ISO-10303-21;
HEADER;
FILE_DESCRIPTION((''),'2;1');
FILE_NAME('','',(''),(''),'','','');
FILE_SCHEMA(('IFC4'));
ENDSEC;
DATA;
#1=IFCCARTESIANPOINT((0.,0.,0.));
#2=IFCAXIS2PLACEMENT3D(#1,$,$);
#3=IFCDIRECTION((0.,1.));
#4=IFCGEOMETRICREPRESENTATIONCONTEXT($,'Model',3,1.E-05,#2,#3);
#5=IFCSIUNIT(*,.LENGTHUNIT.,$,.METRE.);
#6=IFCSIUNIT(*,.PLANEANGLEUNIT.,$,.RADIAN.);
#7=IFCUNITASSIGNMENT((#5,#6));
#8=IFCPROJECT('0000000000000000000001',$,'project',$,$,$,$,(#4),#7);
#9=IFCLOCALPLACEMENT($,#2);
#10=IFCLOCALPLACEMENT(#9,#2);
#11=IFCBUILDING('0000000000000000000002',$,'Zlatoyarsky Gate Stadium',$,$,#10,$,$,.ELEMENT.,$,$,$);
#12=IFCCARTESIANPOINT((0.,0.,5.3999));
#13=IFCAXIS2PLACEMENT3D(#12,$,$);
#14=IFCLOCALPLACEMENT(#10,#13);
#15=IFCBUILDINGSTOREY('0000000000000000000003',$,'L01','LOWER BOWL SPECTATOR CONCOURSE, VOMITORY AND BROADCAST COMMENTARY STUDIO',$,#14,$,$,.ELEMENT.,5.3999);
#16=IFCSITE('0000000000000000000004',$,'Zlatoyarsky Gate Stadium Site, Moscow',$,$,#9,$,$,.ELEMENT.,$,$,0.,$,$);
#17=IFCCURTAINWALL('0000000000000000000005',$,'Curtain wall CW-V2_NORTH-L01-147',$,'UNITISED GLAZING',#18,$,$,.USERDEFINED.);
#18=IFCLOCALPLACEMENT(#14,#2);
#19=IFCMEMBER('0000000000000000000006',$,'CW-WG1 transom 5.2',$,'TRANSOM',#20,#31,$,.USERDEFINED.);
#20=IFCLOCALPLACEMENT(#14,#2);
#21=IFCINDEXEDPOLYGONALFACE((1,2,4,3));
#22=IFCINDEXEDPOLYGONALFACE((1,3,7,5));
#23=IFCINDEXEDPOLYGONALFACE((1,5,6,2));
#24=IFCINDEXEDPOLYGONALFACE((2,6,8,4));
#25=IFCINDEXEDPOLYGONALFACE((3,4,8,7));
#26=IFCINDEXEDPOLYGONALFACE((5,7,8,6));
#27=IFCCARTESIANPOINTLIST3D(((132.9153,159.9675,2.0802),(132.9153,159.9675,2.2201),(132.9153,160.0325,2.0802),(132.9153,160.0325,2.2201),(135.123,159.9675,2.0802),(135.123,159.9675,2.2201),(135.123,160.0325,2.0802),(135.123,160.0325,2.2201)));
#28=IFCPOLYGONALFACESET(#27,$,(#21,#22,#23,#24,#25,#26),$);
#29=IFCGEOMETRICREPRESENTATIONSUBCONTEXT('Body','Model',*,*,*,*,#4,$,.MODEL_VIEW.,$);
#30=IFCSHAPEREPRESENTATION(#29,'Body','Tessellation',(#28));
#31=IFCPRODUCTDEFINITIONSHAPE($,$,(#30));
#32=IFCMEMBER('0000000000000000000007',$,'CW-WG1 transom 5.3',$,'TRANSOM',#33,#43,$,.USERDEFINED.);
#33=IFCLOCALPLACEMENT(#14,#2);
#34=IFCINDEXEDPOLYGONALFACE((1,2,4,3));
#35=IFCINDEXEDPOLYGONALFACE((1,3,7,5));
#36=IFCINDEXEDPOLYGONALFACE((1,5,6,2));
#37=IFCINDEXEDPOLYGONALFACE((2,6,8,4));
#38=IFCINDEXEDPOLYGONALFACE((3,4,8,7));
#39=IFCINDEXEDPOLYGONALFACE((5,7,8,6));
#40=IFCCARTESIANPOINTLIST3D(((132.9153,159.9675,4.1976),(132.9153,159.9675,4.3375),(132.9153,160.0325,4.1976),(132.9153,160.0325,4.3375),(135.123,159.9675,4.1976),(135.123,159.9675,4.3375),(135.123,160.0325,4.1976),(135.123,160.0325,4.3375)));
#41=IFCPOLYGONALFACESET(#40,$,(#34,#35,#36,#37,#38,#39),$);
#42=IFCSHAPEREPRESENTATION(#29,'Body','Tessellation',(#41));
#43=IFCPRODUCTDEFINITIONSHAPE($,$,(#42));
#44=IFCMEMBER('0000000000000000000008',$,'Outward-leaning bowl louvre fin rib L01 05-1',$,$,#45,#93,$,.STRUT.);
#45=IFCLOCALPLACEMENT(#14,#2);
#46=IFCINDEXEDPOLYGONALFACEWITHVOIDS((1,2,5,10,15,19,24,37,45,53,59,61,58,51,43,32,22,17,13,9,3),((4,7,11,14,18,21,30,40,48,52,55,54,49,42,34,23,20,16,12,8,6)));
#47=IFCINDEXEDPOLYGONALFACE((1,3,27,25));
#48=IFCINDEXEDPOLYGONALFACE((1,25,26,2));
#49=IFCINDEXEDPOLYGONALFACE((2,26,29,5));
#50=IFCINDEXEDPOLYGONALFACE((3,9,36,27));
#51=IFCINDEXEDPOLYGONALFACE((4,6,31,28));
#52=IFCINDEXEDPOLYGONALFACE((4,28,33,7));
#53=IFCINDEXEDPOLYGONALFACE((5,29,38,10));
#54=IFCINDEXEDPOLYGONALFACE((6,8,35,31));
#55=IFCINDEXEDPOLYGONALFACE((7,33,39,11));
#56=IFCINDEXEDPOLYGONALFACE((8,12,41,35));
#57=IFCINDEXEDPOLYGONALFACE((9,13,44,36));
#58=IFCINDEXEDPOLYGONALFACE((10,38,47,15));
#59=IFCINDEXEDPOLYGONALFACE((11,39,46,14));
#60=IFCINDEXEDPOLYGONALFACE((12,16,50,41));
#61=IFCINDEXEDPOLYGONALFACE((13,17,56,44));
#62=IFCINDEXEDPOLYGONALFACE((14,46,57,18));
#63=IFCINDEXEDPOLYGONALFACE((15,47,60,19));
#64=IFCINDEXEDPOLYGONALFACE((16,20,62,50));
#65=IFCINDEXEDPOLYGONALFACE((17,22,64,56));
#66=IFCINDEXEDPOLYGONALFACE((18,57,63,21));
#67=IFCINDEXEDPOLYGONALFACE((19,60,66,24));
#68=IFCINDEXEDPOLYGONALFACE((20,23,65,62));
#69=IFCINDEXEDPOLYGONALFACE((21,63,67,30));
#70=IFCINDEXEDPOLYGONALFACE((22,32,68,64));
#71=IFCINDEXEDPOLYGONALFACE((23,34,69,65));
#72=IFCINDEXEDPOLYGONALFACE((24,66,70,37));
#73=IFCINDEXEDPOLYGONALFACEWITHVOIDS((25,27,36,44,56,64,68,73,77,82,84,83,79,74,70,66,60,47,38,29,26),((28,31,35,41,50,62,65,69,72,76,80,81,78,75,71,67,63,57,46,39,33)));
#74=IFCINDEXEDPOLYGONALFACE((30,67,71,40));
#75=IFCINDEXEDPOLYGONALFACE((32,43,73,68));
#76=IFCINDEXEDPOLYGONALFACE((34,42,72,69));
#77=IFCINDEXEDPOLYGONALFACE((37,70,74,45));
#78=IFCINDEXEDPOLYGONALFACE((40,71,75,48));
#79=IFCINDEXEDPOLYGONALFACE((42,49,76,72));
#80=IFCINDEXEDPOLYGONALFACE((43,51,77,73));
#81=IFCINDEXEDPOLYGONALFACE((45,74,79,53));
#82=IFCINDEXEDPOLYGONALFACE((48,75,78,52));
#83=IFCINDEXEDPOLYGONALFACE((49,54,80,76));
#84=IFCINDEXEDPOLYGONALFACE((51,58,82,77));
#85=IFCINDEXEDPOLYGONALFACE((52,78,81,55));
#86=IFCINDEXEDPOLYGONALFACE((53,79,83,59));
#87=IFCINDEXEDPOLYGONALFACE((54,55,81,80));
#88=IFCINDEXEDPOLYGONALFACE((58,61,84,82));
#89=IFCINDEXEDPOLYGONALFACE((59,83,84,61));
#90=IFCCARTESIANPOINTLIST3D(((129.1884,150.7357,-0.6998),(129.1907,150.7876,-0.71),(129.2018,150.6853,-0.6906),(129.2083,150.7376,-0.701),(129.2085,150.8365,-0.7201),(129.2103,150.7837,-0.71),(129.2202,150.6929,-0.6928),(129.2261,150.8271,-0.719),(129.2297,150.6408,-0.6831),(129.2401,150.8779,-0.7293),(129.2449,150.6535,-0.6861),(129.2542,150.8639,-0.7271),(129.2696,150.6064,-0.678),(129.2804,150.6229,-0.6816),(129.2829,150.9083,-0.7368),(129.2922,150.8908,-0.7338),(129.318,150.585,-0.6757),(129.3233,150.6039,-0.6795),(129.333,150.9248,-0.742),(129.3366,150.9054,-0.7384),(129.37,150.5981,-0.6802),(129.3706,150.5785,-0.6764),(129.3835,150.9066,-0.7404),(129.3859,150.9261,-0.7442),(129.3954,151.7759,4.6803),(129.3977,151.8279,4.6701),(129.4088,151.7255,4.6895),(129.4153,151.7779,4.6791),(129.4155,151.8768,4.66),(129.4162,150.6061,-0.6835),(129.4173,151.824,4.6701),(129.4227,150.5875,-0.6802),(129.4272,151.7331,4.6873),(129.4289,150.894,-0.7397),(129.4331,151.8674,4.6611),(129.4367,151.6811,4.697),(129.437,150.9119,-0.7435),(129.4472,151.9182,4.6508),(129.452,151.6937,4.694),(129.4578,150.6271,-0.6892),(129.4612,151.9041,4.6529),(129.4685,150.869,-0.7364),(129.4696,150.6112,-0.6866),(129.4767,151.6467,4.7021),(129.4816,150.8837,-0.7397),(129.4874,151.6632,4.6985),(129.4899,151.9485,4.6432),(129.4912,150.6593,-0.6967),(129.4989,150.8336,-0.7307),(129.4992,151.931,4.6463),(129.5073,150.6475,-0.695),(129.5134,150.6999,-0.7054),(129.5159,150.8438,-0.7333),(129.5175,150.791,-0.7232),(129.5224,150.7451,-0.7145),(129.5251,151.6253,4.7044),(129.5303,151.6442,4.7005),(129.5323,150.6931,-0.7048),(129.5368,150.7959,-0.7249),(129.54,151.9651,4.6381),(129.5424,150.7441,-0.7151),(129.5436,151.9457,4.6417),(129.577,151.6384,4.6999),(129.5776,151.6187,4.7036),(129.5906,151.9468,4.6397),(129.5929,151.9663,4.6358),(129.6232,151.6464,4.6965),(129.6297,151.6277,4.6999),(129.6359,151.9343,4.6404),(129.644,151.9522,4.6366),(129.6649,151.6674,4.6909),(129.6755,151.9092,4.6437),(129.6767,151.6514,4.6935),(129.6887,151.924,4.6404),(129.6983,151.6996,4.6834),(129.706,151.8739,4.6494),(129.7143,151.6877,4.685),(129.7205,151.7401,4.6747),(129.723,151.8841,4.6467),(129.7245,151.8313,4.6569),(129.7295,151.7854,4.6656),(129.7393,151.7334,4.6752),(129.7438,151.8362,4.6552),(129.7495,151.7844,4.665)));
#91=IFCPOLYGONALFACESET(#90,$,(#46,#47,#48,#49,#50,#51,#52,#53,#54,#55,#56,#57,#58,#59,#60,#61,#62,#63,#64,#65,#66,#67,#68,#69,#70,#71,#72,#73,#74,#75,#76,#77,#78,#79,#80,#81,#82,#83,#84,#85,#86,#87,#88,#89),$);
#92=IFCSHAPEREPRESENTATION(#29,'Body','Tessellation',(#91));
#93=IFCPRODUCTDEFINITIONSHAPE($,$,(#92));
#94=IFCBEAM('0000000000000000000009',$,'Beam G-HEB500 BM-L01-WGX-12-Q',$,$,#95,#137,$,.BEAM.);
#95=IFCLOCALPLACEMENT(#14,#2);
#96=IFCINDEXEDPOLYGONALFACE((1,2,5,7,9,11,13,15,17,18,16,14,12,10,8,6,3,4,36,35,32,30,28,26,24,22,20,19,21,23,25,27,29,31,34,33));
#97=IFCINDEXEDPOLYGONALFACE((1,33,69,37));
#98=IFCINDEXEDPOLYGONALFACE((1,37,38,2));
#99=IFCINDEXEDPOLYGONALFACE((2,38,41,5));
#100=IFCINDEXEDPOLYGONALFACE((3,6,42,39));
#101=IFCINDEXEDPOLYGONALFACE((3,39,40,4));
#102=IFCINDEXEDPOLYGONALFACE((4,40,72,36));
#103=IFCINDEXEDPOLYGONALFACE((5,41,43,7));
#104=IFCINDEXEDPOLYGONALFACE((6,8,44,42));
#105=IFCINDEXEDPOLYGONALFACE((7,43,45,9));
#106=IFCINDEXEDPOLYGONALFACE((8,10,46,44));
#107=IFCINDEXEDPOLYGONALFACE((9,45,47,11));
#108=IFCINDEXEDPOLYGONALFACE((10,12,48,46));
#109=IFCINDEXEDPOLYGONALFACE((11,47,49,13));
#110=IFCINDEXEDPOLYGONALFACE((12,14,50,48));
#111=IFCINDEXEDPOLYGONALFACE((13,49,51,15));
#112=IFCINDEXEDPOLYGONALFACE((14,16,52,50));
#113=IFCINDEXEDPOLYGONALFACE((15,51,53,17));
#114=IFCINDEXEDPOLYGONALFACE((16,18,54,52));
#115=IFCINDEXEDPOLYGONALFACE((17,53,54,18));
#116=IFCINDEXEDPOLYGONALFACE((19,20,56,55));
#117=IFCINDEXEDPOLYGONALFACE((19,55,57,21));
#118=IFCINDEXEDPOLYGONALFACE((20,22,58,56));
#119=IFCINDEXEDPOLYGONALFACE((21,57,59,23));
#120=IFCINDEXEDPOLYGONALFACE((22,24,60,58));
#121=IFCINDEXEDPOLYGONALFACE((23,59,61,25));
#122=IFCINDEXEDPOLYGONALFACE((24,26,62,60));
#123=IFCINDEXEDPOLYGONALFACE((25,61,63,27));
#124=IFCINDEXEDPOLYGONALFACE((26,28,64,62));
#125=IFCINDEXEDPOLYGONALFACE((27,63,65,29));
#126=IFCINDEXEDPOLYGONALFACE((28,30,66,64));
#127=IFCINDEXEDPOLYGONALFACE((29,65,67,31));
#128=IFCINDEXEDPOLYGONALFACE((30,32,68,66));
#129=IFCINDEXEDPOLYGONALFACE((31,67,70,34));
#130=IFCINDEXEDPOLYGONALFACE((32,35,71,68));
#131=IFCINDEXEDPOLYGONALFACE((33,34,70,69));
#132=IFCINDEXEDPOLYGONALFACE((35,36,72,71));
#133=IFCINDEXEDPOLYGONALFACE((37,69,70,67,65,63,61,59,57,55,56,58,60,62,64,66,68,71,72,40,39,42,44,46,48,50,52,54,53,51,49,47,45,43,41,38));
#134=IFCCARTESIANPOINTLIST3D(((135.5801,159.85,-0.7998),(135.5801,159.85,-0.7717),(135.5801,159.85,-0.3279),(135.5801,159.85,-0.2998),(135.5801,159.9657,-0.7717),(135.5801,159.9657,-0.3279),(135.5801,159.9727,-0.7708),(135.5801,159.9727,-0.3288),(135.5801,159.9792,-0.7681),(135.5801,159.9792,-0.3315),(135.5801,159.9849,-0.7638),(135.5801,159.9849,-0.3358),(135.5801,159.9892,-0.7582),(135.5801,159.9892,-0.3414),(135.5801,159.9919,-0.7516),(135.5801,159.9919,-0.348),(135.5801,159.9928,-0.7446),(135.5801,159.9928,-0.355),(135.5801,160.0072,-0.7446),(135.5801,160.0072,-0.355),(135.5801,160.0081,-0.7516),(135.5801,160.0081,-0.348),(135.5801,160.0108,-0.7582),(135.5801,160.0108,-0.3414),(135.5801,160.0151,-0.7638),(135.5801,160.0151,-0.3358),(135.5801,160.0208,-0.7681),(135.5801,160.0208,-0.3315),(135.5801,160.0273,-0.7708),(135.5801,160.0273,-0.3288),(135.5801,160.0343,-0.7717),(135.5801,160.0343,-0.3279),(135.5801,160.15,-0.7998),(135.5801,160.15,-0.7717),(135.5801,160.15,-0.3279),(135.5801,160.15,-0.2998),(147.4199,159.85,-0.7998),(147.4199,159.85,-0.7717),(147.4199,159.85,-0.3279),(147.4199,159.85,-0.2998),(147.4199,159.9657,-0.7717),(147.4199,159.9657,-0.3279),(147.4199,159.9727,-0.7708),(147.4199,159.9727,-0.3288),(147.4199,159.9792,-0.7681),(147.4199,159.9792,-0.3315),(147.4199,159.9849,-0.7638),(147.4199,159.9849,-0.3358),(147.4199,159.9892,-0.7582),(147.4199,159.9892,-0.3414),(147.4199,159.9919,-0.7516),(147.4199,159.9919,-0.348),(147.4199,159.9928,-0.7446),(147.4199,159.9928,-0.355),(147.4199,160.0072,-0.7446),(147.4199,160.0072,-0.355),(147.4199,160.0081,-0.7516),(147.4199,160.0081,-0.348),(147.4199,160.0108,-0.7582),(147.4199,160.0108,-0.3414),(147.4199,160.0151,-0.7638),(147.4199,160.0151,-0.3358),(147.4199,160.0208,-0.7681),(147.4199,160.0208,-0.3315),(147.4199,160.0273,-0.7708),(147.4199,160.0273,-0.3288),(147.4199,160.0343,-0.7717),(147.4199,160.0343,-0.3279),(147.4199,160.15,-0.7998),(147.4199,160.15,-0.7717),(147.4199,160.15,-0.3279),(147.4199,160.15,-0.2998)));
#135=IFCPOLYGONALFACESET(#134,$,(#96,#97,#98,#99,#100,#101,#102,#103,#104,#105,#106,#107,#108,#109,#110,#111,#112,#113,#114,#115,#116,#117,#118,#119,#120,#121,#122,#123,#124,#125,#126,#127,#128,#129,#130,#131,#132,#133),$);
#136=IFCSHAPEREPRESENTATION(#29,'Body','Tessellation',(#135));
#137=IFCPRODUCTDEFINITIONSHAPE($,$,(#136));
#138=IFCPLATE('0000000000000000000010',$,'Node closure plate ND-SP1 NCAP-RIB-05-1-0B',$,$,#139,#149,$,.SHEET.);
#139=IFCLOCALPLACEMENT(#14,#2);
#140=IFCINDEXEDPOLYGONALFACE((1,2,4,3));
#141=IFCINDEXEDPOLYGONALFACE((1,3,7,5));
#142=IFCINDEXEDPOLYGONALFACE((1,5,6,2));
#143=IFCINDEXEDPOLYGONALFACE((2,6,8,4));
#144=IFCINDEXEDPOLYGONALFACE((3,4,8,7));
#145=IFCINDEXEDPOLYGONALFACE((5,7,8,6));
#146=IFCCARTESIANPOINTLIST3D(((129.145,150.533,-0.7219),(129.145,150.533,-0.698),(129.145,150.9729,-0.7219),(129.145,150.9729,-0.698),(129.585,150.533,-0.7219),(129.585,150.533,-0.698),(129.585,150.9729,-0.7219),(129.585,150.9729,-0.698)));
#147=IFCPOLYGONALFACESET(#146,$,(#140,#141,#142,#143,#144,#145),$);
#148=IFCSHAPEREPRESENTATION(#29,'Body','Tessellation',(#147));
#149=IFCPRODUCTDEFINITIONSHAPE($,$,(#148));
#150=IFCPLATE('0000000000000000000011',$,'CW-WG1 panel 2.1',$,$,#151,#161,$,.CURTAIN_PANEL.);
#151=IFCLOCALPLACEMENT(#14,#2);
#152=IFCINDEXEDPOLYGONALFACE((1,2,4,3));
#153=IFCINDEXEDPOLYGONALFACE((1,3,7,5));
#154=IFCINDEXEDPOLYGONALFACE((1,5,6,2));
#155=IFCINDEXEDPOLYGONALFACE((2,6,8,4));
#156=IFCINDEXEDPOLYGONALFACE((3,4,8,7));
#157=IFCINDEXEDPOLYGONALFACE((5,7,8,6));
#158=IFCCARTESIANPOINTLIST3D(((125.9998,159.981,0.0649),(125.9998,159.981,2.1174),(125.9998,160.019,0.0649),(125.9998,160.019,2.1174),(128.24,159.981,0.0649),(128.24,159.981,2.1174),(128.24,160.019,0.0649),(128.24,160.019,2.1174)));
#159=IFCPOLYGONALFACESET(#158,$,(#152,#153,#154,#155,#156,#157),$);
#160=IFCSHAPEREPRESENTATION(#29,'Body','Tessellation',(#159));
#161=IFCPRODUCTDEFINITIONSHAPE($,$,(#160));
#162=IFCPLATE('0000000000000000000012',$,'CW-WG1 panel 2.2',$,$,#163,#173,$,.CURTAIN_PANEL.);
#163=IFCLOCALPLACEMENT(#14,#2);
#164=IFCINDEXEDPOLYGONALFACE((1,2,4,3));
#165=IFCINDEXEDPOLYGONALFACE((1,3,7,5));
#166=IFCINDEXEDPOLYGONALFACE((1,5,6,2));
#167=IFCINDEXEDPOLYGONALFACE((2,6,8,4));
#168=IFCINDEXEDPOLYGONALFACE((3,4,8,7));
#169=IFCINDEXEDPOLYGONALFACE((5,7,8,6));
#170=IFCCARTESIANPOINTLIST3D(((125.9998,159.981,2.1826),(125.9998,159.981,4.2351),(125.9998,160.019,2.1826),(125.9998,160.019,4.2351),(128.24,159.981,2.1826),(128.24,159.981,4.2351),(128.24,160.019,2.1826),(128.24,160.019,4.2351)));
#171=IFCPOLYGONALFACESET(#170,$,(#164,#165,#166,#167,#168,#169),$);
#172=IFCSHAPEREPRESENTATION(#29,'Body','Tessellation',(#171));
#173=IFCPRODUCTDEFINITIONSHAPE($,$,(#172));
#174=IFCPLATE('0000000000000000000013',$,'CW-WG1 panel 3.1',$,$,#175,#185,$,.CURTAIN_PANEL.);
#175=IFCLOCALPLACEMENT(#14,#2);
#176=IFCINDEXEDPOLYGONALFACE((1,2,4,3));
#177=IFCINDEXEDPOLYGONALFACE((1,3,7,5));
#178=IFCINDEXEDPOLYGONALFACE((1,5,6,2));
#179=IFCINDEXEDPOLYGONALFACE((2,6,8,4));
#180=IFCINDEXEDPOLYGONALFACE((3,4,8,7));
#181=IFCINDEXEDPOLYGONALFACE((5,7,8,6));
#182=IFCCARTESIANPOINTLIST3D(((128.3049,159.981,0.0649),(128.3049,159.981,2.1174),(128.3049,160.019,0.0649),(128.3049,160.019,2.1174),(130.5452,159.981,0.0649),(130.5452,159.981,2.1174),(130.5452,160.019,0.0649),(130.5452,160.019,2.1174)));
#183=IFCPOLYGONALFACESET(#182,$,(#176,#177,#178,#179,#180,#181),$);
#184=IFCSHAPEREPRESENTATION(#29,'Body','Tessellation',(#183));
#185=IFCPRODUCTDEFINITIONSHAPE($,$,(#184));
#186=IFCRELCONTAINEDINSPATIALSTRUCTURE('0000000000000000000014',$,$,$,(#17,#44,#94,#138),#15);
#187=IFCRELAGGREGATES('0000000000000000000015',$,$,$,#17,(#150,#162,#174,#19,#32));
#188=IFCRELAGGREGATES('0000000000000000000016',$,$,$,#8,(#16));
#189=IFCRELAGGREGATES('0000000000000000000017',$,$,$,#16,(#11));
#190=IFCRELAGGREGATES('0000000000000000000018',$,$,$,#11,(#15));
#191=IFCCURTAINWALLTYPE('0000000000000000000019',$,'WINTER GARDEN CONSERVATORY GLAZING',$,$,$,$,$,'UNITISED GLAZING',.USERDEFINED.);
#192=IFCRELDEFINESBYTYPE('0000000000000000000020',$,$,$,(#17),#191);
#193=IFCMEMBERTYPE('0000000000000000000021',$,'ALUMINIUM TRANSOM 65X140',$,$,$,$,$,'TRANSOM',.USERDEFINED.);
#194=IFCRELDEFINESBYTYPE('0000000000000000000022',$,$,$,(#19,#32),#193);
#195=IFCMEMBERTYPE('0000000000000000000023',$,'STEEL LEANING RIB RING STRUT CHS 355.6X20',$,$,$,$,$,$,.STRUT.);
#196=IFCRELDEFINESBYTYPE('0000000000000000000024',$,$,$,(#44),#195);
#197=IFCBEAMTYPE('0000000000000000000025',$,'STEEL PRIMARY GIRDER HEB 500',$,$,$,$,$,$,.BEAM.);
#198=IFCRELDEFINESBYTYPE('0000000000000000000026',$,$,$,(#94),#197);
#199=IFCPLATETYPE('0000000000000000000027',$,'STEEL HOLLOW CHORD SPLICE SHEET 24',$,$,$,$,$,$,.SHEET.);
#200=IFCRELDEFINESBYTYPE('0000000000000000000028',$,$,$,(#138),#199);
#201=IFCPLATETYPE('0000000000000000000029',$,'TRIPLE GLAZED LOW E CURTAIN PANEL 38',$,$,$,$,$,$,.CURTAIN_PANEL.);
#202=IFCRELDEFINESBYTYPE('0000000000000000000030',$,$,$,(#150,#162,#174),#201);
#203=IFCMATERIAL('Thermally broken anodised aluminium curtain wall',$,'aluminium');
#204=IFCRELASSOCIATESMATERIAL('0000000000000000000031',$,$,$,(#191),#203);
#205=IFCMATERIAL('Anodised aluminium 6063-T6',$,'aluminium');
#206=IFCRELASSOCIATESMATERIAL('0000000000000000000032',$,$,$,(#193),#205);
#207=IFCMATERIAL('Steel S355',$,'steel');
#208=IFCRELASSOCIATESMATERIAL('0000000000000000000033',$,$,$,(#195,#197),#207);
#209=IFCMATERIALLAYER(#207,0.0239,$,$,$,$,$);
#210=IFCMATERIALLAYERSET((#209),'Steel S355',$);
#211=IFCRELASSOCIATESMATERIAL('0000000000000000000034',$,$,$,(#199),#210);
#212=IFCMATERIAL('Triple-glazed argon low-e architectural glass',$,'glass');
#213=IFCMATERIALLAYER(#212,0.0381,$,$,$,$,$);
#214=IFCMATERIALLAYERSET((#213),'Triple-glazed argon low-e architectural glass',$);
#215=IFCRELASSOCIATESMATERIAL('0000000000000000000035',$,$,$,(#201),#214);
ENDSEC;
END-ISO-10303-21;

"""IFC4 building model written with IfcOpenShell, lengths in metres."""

from ifc_helpers import new_model, si_unit, direction, frame, origin, origin_2d, place, context, subcontext, project, spatial, rectangle, hollow_circle, i_section, extrude, material, layer, layer_set, material_profile, profile_set, type_object, element, aggregate, save


model = new_model("IFC4")

# Units and contexts
model_context = context("Model", 3, precision=1e-05, world=origin(), true_north=direction((0.0, 1.0)))
body_context = subcontext(model_context, "Body", "Model", "MODEL_VIEW")
ifc_project = project(units=[si_unit("LENGTHUNIT", "METRE"), si_unit("PLANEANGLEUNIT", "RADIAN")], contexts=[model_context])

# Site, building, storey
site_placement = place(None, origin())
site = spatial("IfcSite", under=ifc_project, at=site_placement, Name="Zlatoyarsky Gate Stadium Site, Moscow", CompositionType="ELEMENT", RefElevation=0.0)
building_placement = place(site_placement, origin())
building = spatial("IfcBuilding", under=site, at=building_placement, Name="Zlatoyarsky Gate Stadium", CompositionType="ELEMENT")
storey_placement = place(building_placement, frame((0.0, 0.0, 5.3999)))
storey = spatial("IfcBuildingStorey", under=building, at=storey_placement, Name="L01", Description="LOWER BOWL SPECTATOR CONCOURSE, VOMITORY AND BROADCAST COMMENTARY STUDIO", CompositionType="ELEMENT", Elevation=5.3999)

# Shared definitions
ifc_material_1 = material(Name="Thermally broken anodised aluminium curtain wall", Category="aluminium")
ifc_material_2 = material(Name="Anodised aluminium 6063-T6", Category="aluminium")

# Curtain wall
curtain_wall_type_1 = type_object("IfcCurtainWallType", Name="WINTER GARDEN CONSERVATORY GLAZING", ElementType="UNITISED GLAZING", PredefinedType="USERDEFINED", material=ifc_material_1)
curtain_wall_1_placement = place(storey_placement, origin())
curtain_wall_1 = element("IfcCurtainWall", 1, at=curtain_wall_1_placement, inside=storey, type_object=curtain_wall_type_1, Name="Curtain wall CW-V2_NORTH-L01-147", ObjectType="UNITISED GLAZING", PredefinedType="USERDEFINED")

# Members
ifc_material_profile_1 = material_profile(ifc_material_2, rectangle(XDim=0.0649, YDim=0.1399, at=origin_2d()), Name="ALU 65X140")
ifc_profile_set_1 = profile_set([ifc_material_profile_1], Name="Anodised aluminium 6063-T6")
member_type_1 = type_object("IfcMemberType", Name="ALUMINIUM TRANSOM 65X140", ElementType="TRANSOM", PredefinedType="USERDEFINED", material=ifc_profile_set_1)
member_1_placement = place(storey_placement, frame((132.9153, 160.0, 2.1501), z_axis=(1.0, 0.0, 0.0), x_axis=(0.0, 1.0, 0.0)))
member_1 = element("IfcMember", 2, at=member_1_placement, type_object=member_type_1, Name="CW-WG1 transom 5.2", ObjectType="TRANSOM", PredefinedType="USERDEFINED", context=body_context, shape_type="SweptSolid", body=[
    extrude(rectangle(XDim=0.0649, YDim=0.1399, at=origin_2d()), origin(), (0.0, 0.0, 1.0), 2.2078),
])
member_2_placement = place(storey_placement, frame((132.9153, 160.0, 4.2676), z_axis=(1.0, 0.0, 0.0), x_axis=(0.0, 1.0, 0.0)))
member_2 = element("IfcMember", 3, at=member_2_placement, type_object=member_type_1, Name="CW-WG1 transom 5.3", ObjectType="TRANSOM", PredefinedType="USERDEFINED", context=body_context, shape_type="SweptSolid", body=[
    extrude(rectangle(XDim=0.0649, YDim=0.1399, at=origin_2d()), origin(), (0.0, 0.0, 1.0), 2.2078),
])
ifc_material_3 = material(Name="Steel S355", Category="steel")
ifc_material_profile_2 = material_profile(ifc_material_3, hollow_circle(Radius=0.1777, WallThickness=0.02, at=origin_2d()), Name="CHS 355.6X20")
ifc_profile_set_2 = profile_set([ifc_material_profile_2], Name="Steel S355")
member_type_2 = type_object("IfcMemberType", Name="STEEL LEANING RIB RING STRUT CHS 355.6X20", PredefinedType="STRUT", material=ifc_profile_set_2)
member_3_placement = place(storey_placement, frame((129.365, 150.7529, -0.71), z_axis=(0.037754, 0.189705, 0.981115), x_axis=(-0.980766, 0.195187, 0.0)))
element("IfcMember", 4, at=member_3_placement, inside=storey, type_object=member_type_2, Name="Outward-leaning bowl louvre fin rib L01 05-1", PredefinedType="STRUT", context=body_context, shape_type="SweptSolid", body=[
    extrude(hollow_circle(Radius=0.1777, WallThickness=0.02, at=origin_2d()), origin(), (0.0, 0.0, 1.0), 5.4836),
])

# Beam
ifc_material_profile_3 = material_profile(ifc_material_3, i_section(OverallWidth=0.3, OverallDepth=0.5, WebThickness=0.0144, FlangeThickness=0.0281, FilletRadius=0.0271, at=origin_2d()), Name="HEB 500")
ifc_profile_set_3 = profile_set([ifc_material_profile_3], Name="Steel S355")
beam_type = type_object("IfcBeamType", Name="STEEL PRIMARY GIRDER HEB 500", PredefinedType="BEAM", material=ifc_profile_set_3)
beam_placement = place(storey_placement, frame((135.5801, 160.0, -0.5498), z_axis=(1.0, 0.0, 0.0), x_axis=(0.0, 1.0, 0.0)))
element("IfcBeam", 5, at=beam_placement, inside=storey, type_object=beam_type, Name="Beam G-HEB500 BM-L01-WGX-12-Q", PredefinedType="BEAM", context=body_context, shape_type="SweptSolid", body=[
    extrude(i_section(OverallWidth=0.3, OverallDepth=0.5, WebThickness=0.0144, FlangeThickness=0.0281, FilletRadius=0.0271, at=origin_2d()), origin(), (0.0, 0.0, 1.0), 11.8398),
])

# Plates
ifc_layer_1 = layer(ifc_material_3, 0.0239)
ifc_layer_set_1 = layer_set([ifc_layer_1], Name="Steel S355")
plate_type_1 = type_object("IfcPlateType", Name="STEEL HOLLOW CHORD SPLICE SHEET 24", PredefinedType="SHEET", material=ifc_layer_set_1)
plate_1_placement = place(storey_placement, frame((129.365, 150.7529, -0.7219), z_axis=(0.0, 0.0, 1.0), x_axis=(1.0, 0.0, 0.0)))
element("IfcPlate", 6, at=plate_1_placement, inside=storey, type_object=plate_type_1, Name="Node closure plate ND-SP1 NCAP-RIB-05-1-0B", PredefinedType="SHEET", context=body_context, shape_type="SweptSolid", body=[
    extrude(rectangle(XDim=0.4399, YDim=0.4399, at=origin_2d()), origin(), (0.0, 0.0, 1.0), 0.0239),
])
ifc_material_4 = material(Name="Triple-glazed argon low-e architectural glass", Category="glass")
ifc_layer_2 = layer(ifc_material_4, 0.0381)
ifc_layer_set_2 = layer_set([ifc_layer_2], Name="Triple-glazed argon low-e architectural glass")
plate_type_2 = type_object("IfcPlateType", Name="TRIPLE GLAZED LOW E CURTAIN PANEL 38", PredefinedType="CURTAIN_PANEL", material=ifc_layer_set_2)
plate_2_placement = place(storey_placement, frame((127.1199, 160.0, 0.0649), z_axis=(0.0, 0.0, 1.0), x_axis=(1.0, 0.0, 0.0)))
plate_2 = element("IfcPlate", 7, at=plate_2_placement, type_object=plate_type_2, Name="CW-WG1 panel 2.1", PredefinedType="CURTAIN_PANEL", context=body_context, shape_type="SweptSolid", body=[
    extrude(rectangle(XDim=2.2402, YDim=0.0381, at=origin_2d()), origin(), (0.0, 0.0, 1.0), 2.0525),
])
plate_3_placement = place(storey_placement, frame((127.1199, 160.0, 2.1826), z_axis=(0.0, 0.0, 1.0), x_axis=(1.0, 0.0, 0.0)))
plate_3 = element("IfcPlate", 8, at=plate_3_placement, type_object=plate_type_2, Name="CW-WG1 panel 2.2", PredefinedType="CURTAIN_PANEL", context=body_context, shape_type="SweptSolid", body=[
    extrude(rectangle(XDim=2.2402, YDim=0.0381, at=origin_2d()), origin(), (0.0, 0.0, 1.0), 2.0525),
])
plate_4_placement = place(storey_placement, frame((129.425, 160.0, 0.0649), z_axis=(0.0, 0.0, 1.0), x_axis=(1.0, 0.0, 0.0)))
plate_4 = element("IfcPlate", 9, at=plate_4_placement, type_object=plate_type_2, Name="CW-WG1 panel 3.1", PredefinedType="CURTAIN_PANEL", context=body_context, shape_type="SweptSolid", body=[
    extrude(rectangle(XDim=2.2402, YDim=0.0381, at=origin_2d()), origin(), (0.0, 0.0, 1.0), 2.0525),
])
aggregate(curtain_wall_1, [plate_2, plate_3, plate_4, member_1, member_2])

save(model, "model.ifc")
